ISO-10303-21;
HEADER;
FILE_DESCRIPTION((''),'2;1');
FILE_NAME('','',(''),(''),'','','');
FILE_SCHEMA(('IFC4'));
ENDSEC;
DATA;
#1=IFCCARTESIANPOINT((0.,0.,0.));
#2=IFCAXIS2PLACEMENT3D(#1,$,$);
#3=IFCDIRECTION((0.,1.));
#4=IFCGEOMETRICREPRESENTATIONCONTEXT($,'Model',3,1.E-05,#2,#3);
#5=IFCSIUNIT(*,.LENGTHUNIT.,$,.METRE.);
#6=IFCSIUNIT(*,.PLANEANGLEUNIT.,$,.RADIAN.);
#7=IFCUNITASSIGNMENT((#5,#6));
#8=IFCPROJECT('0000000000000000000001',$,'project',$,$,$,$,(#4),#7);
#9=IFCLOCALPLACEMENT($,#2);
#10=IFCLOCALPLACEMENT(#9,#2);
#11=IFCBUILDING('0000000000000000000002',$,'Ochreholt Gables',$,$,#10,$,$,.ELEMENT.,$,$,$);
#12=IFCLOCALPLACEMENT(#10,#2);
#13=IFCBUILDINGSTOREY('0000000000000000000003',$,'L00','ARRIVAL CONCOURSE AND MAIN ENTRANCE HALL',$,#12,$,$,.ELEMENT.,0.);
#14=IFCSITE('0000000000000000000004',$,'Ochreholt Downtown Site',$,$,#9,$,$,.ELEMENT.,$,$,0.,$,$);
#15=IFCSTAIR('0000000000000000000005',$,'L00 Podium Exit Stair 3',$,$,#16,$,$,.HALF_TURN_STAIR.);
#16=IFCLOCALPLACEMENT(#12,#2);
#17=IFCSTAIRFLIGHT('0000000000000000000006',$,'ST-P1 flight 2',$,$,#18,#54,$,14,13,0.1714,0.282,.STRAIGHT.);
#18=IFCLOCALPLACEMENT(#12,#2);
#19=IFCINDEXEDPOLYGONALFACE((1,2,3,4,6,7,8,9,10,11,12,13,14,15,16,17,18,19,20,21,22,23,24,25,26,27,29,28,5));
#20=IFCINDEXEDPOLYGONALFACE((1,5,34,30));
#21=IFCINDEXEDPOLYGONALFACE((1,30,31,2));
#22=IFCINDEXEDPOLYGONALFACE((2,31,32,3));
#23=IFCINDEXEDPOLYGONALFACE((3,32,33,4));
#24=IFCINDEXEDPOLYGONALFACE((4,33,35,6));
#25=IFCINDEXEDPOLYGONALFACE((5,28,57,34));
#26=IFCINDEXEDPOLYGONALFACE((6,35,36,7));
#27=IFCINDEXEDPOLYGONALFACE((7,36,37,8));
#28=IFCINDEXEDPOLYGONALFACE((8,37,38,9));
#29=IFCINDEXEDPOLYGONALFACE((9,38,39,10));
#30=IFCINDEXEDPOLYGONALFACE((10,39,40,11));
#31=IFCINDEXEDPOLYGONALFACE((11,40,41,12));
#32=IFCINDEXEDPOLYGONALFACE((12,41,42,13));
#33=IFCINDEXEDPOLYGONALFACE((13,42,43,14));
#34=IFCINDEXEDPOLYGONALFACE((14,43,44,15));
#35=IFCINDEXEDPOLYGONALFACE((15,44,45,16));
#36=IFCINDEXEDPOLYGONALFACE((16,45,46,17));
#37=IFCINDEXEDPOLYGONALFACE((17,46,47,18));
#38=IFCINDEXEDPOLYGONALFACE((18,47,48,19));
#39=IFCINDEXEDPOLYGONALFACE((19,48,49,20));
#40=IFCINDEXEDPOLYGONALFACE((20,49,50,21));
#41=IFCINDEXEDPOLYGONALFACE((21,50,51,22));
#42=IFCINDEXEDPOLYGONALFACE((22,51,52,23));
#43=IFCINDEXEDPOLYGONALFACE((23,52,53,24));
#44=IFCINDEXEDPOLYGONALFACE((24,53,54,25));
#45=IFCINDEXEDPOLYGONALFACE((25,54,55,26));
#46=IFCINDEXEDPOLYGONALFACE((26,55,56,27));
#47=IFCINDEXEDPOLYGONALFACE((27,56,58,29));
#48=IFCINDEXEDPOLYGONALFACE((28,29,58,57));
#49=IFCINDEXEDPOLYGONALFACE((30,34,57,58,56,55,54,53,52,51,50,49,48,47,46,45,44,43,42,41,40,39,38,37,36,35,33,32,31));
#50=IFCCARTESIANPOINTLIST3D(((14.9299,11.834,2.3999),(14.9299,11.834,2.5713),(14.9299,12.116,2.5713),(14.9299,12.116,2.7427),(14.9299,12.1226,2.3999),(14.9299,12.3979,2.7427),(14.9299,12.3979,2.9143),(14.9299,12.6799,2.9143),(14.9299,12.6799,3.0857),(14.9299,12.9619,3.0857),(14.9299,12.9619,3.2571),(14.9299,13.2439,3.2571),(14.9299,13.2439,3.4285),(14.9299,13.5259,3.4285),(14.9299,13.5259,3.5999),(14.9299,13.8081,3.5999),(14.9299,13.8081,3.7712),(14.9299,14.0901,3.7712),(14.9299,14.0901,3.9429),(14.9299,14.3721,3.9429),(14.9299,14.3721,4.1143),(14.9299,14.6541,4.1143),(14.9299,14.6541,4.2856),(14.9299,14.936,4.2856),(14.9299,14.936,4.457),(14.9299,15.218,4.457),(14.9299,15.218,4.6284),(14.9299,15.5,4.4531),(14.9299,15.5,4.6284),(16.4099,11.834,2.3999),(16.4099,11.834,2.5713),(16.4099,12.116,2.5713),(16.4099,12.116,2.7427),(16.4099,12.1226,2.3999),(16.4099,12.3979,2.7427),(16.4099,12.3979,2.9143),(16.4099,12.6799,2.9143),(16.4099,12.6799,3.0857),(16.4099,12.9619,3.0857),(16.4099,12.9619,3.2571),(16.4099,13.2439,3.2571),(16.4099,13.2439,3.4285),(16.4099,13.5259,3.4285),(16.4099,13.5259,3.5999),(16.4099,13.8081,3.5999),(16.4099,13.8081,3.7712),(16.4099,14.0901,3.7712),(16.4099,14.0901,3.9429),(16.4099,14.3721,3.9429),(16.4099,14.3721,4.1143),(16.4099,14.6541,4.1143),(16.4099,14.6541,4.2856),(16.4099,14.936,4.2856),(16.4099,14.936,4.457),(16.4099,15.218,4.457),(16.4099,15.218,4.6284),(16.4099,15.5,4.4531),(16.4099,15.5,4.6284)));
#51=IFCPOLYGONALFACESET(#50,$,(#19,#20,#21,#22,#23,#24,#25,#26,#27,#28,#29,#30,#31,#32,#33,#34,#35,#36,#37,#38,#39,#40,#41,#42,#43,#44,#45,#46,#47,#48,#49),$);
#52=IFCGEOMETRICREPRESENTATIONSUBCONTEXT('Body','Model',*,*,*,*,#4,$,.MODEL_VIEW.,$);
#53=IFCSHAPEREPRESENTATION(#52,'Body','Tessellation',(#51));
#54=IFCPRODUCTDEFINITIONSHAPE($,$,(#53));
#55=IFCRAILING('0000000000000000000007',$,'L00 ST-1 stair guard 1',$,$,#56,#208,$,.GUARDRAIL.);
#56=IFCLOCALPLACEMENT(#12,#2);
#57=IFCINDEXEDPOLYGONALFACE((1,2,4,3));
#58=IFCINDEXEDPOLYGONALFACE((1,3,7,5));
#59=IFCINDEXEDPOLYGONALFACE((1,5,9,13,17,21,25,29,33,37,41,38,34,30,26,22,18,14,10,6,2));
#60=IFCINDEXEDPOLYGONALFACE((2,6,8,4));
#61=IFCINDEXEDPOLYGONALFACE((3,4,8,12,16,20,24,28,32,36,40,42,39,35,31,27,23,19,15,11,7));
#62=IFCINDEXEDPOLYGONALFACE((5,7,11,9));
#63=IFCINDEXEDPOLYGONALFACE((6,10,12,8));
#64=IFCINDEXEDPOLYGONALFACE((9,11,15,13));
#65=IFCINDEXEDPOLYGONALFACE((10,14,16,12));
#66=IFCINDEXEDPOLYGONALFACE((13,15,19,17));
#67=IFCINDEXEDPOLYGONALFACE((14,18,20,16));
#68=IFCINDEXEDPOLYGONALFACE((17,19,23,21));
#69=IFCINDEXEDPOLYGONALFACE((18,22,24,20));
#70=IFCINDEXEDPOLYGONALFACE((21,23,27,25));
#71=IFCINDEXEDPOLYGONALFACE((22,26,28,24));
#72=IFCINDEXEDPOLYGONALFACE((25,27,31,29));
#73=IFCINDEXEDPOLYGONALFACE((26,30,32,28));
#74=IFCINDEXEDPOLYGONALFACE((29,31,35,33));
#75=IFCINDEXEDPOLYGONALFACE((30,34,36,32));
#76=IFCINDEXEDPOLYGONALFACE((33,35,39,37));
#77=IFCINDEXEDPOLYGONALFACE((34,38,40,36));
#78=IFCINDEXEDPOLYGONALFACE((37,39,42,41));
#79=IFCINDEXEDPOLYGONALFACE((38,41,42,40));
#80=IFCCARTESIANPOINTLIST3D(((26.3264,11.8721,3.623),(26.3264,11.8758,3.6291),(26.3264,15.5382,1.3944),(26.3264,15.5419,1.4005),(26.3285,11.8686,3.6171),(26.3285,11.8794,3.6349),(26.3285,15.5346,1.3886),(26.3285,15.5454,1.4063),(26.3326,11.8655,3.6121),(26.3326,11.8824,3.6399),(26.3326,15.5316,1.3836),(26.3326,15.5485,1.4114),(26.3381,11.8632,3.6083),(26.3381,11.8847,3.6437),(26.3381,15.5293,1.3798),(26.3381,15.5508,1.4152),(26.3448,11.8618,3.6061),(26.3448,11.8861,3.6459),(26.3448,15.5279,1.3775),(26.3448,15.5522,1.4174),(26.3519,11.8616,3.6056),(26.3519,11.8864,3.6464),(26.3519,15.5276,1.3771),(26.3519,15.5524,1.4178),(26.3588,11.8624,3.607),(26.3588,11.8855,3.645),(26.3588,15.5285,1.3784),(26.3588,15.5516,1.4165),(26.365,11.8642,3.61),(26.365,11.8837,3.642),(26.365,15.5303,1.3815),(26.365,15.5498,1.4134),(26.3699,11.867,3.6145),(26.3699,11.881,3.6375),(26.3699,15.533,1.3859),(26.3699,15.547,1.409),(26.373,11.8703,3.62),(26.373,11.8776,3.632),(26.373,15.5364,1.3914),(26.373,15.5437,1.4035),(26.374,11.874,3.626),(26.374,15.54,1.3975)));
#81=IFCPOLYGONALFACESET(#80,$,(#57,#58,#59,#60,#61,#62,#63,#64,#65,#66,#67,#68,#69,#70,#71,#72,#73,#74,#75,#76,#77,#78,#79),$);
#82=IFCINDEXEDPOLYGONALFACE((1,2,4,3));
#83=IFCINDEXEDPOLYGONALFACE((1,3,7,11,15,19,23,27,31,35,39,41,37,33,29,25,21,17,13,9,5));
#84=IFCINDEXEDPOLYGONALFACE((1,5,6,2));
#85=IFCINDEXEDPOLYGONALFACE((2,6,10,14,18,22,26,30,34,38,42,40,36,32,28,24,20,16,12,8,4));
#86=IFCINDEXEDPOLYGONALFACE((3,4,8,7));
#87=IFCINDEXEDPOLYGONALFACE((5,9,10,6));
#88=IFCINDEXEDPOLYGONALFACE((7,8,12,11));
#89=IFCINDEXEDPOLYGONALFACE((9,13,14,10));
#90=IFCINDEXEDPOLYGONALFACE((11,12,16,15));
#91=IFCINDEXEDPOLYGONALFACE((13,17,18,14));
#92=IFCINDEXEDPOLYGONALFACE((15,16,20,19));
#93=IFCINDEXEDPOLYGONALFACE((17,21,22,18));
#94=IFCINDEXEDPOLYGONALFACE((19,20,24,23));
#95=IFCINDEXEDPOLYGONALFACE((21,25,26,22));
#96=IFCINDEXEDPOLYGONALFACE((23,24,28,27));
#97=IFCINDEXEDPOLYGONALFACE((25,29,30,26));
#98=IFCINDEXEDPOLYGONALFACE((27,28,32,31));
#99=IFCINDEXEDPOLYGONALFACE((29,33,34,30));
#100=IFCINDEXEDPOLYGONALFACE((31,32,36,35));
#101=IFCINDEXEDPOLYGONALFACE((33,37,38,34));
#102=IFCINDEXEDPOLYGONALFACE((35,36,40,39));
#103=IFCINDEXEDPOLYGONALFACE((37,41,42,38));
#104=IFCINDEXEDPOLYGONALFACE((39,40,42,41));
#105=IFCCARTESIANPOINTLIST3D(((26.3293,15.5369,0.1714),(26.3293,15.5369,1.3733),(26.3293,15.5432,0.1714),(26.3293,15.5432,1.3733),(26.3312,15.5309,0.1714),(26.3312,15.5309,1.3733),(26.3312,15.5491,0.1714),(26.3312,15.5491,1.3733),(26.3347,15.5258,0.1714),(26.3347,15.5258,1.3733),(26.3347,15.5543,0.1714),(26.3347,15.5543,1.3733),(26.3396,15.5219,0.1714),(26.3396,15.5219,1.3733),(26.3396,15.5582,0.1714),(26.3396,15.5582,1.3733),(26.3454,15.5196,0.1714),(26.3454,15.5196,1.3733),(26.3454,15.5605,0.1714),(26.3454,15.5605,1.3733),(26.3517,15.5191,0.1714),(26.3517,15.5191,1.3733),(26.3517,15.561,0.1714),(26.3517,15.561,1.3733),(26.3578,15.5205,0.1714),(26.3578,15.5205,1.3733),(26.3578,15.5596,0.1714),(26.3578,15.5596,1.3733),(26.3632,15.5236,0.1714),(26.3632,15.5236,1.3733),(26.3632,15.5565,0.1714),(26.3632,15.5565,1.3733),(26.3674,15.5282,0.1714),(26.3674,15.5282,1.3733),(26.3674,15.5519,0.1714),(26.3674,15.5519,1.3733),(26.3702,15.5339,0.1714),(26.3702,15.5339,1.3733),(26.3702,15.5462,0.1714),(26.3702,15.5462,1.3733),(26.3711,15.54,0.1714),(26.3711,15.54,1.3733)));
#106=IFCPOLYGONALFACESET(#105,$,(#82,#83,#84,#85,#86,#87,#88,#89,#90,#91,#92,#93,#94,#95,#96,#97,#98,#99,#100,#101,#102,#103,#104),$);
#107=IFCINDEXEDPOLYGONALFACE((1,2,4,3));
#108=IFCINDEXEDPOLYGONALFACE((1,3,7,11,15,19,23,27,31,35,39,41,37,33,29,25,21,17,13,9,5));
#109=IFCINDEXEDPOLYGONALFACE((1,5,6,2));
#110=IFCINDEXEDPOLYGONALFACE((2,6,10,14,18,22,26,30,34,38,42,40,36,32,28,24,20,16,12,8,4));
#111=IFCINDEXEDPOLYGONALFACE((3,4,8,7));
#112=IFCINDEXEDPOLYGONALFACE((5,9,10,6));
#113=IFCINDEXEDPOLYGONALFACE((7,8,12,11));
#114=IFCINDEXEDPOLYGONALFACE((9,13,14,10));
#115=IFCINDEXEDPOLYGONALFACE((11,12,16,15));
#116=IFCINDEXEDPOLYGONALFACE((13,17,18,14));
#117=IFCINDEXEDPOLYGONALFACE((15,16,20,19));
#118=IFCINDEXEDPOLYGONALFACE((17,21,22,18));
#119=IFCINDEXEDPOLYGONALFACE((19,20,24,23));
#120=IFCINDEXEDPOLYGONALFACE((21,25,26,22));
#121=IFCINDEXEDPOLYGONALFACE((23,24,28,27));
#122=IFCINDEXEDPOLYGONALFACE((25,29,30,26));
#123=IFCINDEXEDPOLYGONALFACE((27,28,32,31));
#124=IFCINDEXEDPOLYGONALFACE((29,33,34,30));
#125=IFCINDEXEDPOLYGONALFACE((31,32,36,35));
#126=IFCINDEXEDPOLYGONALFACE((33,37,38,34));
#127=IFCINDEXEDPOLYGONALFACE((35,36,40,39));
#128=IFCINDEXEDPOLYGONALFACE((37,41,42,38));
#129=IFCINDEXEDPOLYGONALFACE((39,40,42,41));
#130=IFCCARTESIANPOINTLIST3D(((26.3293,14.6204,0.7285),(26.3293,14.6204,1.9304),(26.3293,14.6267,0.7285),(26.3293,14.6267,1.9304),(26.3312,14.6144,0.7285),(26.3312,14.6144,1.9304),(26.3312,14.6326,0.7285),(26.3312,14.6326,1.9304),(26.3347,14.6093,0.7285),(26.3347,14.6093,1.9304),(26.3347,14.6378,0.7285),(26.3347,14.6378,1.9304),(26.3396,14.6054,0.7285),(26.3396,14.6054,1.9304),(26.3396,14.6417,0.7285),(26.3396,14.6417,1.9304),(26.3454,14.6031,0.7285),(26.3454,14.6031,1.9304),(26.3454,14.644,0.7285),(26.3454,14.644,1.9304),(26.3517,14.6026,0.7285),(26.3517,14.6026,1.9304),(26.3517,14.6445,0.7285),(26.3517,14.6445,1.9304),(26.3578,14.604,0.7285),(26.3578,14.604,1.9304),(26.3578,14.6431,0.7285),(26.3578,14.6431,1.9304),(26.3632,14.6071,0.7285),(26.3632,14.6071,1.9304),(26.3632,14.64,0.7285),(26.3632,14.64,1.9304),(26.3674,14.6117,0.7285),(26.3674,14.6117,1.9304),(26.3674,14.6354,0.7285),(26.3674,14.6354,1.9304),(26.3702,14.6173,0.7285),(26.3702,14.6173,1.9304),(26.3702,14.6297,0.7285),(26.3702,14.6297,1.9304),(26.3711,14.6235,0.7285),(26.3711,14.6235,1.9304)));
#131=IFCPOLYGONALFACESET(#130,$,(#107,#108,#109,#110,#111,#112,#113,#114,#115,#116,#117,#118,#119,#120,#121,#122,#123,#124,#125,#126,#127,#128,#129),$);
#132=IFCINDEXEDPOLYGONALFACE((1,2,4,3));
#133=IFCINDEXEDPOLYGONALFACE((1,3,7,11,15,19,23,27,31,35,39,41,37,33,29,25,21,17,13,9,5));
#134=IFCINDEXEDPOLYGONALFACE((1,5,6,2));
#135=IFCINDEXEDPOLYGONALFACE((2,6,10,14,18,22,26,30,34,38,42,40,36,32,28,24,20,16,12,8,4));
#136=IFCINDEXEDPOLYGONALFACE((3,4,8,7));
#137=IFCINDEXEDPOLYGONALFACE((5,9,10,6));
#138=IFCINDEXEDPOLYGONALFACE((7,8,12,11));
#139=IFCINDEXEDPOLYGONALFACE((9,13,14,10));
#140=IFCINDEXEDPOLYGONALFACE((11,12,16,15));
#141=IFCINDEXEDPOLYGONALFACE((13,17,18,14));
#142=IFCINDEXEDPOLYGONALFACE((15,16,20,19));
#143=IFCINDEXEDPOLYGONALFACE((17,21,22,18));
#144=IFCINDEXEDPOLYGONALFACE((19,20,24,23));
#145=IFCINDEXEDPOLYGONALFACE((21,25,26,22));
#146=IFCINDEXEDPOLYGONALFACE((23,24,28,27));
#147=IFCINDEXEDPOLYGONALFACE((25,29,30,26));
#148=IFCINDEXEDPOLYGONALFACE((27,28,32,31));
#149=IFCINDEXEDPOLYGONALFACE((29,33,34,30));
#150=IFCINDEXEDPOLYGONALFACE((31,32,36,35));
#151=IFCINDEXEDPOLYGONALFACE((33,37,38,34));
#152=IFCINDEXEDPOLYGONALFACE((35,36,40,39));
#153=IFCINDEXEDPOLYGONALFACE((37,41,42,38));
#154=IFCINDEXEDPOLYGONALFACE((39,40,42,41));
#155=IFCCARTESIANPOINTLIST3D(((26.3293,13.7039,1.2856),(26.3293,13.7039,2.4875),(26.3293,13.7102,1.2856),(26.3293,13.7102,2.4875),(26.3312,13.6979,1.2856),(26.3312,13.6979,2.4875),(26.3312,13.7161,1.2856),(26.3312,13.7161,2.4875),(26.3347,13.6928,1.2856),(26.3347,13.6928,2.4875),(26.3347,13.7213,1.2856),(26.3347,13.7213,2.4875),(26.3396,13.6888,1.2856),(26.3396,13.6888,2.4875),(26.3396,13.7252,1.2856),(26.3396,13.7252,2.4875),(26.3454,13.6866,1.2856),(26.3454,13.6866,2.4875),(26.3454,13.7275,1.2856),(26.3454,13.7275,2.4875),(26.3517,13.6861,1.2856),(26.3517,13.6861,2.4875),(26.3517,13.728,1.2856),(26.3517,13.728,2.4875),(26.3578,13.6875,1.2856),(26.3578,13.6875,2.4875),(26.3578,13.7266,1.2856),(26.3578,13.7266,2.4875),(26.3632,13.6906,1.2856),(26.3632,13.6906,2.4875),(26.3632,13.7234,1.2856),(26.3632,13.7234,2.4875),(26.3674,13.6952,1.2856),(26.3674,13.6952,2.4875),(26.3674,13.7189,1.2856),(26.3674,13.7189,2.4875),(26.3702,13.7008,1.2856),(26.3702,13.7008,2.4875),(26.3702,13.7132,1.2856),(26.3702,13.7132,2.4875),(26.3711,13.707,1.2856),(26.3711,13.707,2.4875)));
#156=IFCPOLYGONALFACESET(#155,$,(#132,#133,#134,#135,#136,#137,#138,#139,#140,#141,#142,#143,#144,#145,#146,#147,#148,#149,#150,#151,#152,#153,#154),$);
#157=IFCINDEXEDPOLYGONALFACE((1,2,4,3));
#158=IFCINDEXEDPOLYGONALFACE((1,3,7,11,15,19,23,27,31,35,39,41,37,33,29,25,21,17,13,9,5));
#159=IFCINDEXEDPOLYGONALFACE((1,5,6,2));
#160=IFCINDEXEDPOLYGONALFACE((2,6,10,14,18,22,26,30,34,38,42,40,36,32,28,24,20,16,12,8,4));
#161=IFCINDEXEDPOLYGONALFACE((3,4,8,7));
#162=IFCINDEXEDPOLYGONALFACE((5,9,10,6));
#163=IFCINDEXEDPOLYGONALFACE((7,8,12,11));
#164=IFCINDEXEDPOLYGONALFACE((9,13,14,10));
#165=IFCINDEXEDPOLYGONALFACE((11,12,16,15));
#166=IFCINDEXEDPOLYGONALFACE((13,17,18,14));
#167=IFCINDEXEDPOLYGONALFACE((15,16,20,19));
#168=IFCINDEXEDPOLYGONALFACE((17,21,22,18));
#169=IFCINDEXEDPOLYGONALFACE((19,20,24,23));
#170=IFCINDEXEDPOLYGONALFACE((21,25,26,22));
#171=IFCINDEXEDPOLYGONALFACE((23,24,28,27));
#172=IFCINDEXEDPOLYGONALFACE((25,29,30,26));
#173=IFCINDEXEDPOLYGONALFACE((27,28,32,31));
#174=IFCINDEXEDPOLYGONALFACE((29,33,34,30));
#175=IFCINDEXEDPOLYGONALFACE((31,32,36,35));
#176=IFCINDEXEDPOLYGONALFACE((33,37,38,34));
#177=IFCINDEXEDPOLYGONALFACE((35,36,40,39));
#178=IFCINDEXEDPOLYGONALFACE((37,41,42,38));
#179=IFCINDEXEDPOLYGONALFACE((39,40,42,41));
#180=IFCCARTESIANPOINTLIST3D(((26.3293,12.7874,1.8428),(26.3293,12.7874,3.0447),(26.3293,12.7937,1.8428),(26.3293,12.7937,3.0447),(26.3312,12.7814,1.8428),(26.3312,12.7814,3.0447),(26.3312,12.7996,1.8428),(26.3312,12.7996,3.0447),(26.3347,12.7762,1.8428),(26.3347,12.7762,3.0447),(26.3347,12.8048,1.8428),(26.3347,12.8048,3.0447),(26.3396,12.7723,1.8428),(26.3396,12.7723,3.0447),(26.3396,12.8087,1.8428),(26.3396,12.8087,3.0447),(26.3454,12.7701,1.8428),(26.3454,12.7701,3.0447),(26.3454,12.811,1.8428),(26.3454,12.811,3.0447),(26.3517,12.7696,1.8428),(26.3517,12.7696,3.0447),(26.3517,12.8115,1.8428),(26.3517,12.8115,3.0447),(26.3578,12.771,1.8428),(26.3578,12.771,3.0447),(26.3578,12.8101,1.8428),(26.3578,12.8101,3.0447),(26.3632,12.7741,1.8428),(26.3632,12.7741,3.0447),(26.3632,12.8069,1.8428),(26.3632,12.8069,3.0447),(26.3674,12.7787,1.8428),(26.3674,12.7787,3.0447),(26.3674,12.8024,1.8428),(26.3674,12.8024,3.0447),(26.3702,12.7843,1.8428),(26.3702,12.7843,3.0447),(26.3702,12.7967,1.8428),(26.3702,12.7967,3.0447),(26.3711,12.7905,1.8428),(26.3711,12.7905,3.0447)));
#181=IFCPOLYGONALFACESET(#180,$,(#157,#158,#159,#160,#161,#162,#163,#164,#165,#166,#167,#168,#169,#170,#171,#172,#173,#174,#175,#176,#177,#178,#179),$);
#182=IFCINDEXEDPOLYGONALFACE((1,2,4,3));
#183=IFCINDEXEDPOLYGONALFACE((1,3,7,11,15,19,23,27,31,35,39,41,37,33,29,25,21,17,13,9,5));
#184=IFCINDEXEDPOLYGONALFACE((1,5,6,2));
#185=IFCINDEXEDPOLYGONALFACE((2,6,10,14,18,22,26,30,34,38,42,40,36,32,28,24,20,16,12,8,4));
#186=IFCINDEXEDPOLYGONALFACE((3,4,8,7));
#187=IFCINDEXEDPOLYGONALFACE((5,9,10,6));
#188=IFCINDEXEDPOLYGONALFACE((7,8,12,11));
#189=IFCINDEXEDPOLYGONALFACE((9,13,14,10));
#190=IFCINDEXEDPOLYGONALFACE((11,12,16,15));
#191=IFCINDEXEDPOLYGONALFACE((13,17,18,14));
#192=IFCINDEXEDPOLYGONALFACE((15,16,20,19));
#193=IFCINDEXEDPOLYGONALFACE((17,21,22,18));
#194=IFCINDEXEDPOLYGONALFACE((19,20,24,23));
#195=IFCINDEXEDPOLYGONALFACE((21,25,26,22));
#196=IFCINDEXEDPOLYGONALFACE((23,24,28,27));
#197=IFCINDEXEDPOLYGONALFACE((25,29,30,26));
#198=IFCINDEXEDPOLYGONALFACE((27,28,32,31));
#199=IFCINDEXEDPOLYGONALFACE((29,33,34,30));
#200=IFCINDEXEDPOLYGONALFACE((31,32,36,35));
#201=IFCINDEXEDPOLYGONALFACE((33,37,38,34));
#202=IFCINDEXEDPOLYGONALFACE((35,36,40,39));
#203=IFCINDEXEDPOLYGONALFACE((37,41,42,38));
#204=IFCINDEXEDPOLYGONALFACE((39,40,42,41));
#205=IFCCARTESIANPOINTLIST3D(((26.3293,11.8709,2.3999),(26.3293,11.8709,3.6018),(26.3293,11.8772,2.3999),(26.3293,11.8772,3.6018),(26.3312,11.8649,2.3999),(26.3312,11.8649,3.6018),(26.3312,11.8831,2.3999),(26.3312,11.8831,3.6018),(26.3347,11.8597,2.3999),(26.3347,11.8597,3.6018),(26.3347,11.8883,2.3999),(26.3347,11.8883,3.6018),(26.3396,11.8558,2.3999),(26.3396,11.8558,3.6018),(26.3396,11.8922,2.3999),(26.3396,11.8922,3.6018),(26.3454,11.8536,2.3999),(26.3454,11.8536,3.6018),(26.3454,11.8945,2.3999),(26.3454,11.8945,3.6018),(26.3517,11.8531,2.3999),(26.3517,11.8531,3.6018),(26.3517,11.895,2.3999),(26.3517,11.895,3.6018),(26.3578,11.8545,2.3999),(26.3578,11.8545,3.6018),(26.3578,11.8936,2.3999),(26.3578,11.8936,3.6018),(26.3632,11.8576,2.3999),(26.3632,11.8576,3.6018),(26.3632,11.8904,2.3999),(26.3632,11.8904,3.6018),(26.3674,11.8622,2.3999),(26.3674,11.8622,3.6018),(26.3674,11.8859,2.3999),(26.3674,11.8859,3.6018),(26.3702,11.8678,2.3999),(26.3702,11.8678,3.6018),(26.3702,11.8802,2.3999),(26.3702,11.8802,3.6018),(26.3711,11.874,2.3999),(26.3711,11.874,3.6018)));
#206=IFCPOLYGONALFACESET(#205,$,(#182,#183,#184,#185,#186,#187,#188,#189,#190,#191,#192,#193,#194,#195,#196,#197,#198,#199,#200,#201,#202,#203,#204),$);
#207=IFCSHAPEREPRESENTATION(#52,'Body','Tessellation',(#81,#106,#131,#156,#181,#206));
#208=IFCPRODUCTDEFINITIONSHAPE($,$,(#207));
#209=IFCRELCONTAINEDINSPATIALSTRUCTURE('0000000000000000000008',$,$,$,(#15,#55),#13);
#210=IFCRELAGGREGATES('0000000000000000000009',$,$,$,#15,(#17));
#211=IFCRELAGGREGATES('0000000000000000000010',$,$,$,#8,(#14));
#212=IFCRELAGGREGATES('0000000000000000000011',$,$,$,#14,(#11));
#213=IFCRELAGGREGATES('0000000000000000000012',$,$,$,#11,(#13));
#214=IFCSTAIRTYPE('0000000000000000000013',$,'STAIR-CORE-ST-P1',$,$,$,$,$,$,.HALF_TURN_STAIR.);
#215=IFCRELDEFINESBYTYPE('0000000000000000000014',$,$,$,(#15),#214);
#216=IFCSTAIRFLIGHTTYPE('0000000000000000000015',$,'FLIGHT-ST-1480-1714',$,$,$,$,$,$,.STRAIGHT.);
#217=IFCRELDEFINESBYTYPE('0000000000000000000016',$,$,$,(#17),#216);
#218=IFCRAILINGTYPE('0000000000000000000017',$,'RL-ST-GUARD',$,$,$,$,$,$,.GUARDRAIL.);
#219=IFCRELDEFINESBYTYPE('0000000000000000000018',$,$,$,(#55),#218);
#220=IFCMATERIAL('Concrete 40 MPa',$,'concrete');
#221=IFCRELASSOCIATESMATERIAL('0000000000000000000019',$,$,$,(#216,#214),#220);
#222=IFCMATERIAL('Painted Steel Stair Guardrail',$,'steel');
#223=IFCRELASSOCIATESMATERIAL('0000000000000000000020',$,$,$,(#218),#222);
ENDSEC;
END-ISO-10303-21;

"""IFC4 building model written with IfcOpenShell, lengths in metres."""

from ifc_helpers import new_model, si_unit, direction, frame, origin, origin_2d, place, context, subcontext, project, spatial, polyline, circle, outline, extrude, material, type_object, element, aggregate, save


model = new_model("IFC4")

# Units and contexts
model_context = context("Model", 3, precision=1e-05, world=origin(), true_north=direction((0.0, 1.0)))
body_context = subcontext(model_context, "Body", "Model", "MODEL_VIEW")
ifc_project = project(units=[si_unit("LENGTHUNIT", "METRE"), si_unit("PLANEANGLEUNIT", "RADIAN")], contexts=[model_context])

# Site, building, storey
site_placement = place(None, origin())
site = spatial("IfcSite", under=ifc_project, at=site_placement, Name="Ochreholt Downtown Site", CompositionType="ELEMENT", RefElevation=0.0)
building_placement = place(site_placement, origin())
building = spatial("IfcBuilding", under=site, at=building_placement, Name="Ochreholt Gables", CompositionType="ELEMENT")
storey_placement = place(building_placement, origin())
storey = spatial("IfcBuildingStorey", under=building, at=storey_placement, Name="L00", Description="ARRIVAL CONCOURSE AND MAIN ENTRANCE HALL", CompositionType="ELEMENT", Elevation=0.0)

# Shared definitions
ifc_material_1 = material(Name="Concrete 40 MPa", Category="concrete")

# Shared definitions
stair_flight_type = type_object("IfcStairFlightType", Name="FLIGHT-ST-1480-1714", PredefinedType="STRAIGHT", material=ifc_material_1)

# Stair, stair flight
stair_type_1 = type_object("IfcStairType", Name="STAIR-CORE-ST-P1", PredefinedType="HALF_TURN_STAIR", material=ifc_material_1)
stair_1_placement = place(storey_placement, origin())
stair_1 = element("IfcStair", 1, at=stair_1_placement, inside=storey, type_object=stair_type_1, Name="L00 Podium Exit Stair 3", PredefinedType="HALF_TURN_STAIR")
stair_flight_1_placement = place(storey_placement, frame((15.6699, 11.834, 2.3999), z_axis=(0.0, 0.0, 1.0), x_axis=(0.0, 1.0, 0.0)))
stair_flight_1 = element("IfcStairFlight", 2, at=stair_flight_1_placement, type_object=stair_flight_type, Name="ST-P1 flight 2", NumberOfRisers=14, NumberOfTreads=13, PredefinedType="STRAIGHT", RiserHeight=0.1714, TreadLength=0.282, context=body_context, shape_type="SweptSolid", body=[
    extrude(outline(polyline([(0.0, 0.0), (0.0, 0.1714), (0.282, 0.1714), (0.282, 0.3428), (0.564, 0.3428), (0.564, 0.5144), (0.8459, 0.5144), (0.8459, 0.6858), (1.1279, 0.6858), (1.1279, 0.8572), (1.4099, 0.8572), (1.4099, 1.0286), (1.6919, 1.0286), (1.6919, 1.2), (1.9741, 1.2), (1.9741, 1.3713), (2.2561, 1.3713), (2.2561, 1.543), (2.5381, 1.543), (2.5381, 1.7144), (2.8201, 1.7144), (2.8201, 1.8857), (3.1021, 1.8857), (3.1021, 2.0571), (3.384, 2.0571), (3.384, 2.2285), (3.666, 2.2285), (3.666, 2.3999), (3.666, 2.0532), (0.2886, 0.0), (0.0, 0.0)])), frame((0.0, 0.74, 0.0), z_axis=(0.0, -1.0, 0.0), x_axis=(1.0, 0.0, 0.0)), (0.0, 0.0, 1.0), 1.48),
])
aggregate(stair_1, [stair_flight_1])

# Railing
ifc_material_2 = material(Name="Painted Steel Stair Guardrail", Category="steel")
railing_type_1 = type_object("IfcRailingType", Name="RL-ST-GUARD", PredefinedType="GUARDRAIL", material=ifc_material_2)
railing_1_placement = place(storey_placement, frame((26.3501, 15.54, 0.1714)))
element("IfcRailing", 3, at=railing_1_placement, inside=storey, type_object=railing_type_1, Name="L00 ST-1 stair guard 1", PredefinedType="GUARDRAIL", context=body_context, shape_type="SweptSolid", body=[
    extrude(circle(Radius=0.0239, at=origin_2d()), frame((0.0, 0.0, 1.2261), z_axis=(0.0, -0.854506, 0.519441), x_axis=(1.0, 0.0, 0.0)), (0.0, 0.0, 1.0), 4.2903),
    extrude(circle(Radius=0.021, at=origin_2d()), origin(), (0.0, 0.0, 1.0), 1.2019),
    extrude(circle(Radius=0.021, at=origin_2d()), frame((0.0, -0.9165, 0.5571)), (0.0, 0.0, 1.0), 1.2019),
    extrude(circle(Radius=0.021, at=origin_2d()), frame((0.0, -1.833, 1.1143)), (0.0, 0.0, 1.0), 1.2019),
    extrude(circle(Radius=0.021, at=origin_2d()), frame((0.0, -2.7495, 1.6714)), (0.0, 0.0, 1.0), 1.2019),
    extrude(circle(Radius=0.021, at=origin_2d()), frame((0.0, -3.666, 2.2285)), (0.0, 0.0, 1.0), 1.2019),
])

save(model, "model.ifc")
